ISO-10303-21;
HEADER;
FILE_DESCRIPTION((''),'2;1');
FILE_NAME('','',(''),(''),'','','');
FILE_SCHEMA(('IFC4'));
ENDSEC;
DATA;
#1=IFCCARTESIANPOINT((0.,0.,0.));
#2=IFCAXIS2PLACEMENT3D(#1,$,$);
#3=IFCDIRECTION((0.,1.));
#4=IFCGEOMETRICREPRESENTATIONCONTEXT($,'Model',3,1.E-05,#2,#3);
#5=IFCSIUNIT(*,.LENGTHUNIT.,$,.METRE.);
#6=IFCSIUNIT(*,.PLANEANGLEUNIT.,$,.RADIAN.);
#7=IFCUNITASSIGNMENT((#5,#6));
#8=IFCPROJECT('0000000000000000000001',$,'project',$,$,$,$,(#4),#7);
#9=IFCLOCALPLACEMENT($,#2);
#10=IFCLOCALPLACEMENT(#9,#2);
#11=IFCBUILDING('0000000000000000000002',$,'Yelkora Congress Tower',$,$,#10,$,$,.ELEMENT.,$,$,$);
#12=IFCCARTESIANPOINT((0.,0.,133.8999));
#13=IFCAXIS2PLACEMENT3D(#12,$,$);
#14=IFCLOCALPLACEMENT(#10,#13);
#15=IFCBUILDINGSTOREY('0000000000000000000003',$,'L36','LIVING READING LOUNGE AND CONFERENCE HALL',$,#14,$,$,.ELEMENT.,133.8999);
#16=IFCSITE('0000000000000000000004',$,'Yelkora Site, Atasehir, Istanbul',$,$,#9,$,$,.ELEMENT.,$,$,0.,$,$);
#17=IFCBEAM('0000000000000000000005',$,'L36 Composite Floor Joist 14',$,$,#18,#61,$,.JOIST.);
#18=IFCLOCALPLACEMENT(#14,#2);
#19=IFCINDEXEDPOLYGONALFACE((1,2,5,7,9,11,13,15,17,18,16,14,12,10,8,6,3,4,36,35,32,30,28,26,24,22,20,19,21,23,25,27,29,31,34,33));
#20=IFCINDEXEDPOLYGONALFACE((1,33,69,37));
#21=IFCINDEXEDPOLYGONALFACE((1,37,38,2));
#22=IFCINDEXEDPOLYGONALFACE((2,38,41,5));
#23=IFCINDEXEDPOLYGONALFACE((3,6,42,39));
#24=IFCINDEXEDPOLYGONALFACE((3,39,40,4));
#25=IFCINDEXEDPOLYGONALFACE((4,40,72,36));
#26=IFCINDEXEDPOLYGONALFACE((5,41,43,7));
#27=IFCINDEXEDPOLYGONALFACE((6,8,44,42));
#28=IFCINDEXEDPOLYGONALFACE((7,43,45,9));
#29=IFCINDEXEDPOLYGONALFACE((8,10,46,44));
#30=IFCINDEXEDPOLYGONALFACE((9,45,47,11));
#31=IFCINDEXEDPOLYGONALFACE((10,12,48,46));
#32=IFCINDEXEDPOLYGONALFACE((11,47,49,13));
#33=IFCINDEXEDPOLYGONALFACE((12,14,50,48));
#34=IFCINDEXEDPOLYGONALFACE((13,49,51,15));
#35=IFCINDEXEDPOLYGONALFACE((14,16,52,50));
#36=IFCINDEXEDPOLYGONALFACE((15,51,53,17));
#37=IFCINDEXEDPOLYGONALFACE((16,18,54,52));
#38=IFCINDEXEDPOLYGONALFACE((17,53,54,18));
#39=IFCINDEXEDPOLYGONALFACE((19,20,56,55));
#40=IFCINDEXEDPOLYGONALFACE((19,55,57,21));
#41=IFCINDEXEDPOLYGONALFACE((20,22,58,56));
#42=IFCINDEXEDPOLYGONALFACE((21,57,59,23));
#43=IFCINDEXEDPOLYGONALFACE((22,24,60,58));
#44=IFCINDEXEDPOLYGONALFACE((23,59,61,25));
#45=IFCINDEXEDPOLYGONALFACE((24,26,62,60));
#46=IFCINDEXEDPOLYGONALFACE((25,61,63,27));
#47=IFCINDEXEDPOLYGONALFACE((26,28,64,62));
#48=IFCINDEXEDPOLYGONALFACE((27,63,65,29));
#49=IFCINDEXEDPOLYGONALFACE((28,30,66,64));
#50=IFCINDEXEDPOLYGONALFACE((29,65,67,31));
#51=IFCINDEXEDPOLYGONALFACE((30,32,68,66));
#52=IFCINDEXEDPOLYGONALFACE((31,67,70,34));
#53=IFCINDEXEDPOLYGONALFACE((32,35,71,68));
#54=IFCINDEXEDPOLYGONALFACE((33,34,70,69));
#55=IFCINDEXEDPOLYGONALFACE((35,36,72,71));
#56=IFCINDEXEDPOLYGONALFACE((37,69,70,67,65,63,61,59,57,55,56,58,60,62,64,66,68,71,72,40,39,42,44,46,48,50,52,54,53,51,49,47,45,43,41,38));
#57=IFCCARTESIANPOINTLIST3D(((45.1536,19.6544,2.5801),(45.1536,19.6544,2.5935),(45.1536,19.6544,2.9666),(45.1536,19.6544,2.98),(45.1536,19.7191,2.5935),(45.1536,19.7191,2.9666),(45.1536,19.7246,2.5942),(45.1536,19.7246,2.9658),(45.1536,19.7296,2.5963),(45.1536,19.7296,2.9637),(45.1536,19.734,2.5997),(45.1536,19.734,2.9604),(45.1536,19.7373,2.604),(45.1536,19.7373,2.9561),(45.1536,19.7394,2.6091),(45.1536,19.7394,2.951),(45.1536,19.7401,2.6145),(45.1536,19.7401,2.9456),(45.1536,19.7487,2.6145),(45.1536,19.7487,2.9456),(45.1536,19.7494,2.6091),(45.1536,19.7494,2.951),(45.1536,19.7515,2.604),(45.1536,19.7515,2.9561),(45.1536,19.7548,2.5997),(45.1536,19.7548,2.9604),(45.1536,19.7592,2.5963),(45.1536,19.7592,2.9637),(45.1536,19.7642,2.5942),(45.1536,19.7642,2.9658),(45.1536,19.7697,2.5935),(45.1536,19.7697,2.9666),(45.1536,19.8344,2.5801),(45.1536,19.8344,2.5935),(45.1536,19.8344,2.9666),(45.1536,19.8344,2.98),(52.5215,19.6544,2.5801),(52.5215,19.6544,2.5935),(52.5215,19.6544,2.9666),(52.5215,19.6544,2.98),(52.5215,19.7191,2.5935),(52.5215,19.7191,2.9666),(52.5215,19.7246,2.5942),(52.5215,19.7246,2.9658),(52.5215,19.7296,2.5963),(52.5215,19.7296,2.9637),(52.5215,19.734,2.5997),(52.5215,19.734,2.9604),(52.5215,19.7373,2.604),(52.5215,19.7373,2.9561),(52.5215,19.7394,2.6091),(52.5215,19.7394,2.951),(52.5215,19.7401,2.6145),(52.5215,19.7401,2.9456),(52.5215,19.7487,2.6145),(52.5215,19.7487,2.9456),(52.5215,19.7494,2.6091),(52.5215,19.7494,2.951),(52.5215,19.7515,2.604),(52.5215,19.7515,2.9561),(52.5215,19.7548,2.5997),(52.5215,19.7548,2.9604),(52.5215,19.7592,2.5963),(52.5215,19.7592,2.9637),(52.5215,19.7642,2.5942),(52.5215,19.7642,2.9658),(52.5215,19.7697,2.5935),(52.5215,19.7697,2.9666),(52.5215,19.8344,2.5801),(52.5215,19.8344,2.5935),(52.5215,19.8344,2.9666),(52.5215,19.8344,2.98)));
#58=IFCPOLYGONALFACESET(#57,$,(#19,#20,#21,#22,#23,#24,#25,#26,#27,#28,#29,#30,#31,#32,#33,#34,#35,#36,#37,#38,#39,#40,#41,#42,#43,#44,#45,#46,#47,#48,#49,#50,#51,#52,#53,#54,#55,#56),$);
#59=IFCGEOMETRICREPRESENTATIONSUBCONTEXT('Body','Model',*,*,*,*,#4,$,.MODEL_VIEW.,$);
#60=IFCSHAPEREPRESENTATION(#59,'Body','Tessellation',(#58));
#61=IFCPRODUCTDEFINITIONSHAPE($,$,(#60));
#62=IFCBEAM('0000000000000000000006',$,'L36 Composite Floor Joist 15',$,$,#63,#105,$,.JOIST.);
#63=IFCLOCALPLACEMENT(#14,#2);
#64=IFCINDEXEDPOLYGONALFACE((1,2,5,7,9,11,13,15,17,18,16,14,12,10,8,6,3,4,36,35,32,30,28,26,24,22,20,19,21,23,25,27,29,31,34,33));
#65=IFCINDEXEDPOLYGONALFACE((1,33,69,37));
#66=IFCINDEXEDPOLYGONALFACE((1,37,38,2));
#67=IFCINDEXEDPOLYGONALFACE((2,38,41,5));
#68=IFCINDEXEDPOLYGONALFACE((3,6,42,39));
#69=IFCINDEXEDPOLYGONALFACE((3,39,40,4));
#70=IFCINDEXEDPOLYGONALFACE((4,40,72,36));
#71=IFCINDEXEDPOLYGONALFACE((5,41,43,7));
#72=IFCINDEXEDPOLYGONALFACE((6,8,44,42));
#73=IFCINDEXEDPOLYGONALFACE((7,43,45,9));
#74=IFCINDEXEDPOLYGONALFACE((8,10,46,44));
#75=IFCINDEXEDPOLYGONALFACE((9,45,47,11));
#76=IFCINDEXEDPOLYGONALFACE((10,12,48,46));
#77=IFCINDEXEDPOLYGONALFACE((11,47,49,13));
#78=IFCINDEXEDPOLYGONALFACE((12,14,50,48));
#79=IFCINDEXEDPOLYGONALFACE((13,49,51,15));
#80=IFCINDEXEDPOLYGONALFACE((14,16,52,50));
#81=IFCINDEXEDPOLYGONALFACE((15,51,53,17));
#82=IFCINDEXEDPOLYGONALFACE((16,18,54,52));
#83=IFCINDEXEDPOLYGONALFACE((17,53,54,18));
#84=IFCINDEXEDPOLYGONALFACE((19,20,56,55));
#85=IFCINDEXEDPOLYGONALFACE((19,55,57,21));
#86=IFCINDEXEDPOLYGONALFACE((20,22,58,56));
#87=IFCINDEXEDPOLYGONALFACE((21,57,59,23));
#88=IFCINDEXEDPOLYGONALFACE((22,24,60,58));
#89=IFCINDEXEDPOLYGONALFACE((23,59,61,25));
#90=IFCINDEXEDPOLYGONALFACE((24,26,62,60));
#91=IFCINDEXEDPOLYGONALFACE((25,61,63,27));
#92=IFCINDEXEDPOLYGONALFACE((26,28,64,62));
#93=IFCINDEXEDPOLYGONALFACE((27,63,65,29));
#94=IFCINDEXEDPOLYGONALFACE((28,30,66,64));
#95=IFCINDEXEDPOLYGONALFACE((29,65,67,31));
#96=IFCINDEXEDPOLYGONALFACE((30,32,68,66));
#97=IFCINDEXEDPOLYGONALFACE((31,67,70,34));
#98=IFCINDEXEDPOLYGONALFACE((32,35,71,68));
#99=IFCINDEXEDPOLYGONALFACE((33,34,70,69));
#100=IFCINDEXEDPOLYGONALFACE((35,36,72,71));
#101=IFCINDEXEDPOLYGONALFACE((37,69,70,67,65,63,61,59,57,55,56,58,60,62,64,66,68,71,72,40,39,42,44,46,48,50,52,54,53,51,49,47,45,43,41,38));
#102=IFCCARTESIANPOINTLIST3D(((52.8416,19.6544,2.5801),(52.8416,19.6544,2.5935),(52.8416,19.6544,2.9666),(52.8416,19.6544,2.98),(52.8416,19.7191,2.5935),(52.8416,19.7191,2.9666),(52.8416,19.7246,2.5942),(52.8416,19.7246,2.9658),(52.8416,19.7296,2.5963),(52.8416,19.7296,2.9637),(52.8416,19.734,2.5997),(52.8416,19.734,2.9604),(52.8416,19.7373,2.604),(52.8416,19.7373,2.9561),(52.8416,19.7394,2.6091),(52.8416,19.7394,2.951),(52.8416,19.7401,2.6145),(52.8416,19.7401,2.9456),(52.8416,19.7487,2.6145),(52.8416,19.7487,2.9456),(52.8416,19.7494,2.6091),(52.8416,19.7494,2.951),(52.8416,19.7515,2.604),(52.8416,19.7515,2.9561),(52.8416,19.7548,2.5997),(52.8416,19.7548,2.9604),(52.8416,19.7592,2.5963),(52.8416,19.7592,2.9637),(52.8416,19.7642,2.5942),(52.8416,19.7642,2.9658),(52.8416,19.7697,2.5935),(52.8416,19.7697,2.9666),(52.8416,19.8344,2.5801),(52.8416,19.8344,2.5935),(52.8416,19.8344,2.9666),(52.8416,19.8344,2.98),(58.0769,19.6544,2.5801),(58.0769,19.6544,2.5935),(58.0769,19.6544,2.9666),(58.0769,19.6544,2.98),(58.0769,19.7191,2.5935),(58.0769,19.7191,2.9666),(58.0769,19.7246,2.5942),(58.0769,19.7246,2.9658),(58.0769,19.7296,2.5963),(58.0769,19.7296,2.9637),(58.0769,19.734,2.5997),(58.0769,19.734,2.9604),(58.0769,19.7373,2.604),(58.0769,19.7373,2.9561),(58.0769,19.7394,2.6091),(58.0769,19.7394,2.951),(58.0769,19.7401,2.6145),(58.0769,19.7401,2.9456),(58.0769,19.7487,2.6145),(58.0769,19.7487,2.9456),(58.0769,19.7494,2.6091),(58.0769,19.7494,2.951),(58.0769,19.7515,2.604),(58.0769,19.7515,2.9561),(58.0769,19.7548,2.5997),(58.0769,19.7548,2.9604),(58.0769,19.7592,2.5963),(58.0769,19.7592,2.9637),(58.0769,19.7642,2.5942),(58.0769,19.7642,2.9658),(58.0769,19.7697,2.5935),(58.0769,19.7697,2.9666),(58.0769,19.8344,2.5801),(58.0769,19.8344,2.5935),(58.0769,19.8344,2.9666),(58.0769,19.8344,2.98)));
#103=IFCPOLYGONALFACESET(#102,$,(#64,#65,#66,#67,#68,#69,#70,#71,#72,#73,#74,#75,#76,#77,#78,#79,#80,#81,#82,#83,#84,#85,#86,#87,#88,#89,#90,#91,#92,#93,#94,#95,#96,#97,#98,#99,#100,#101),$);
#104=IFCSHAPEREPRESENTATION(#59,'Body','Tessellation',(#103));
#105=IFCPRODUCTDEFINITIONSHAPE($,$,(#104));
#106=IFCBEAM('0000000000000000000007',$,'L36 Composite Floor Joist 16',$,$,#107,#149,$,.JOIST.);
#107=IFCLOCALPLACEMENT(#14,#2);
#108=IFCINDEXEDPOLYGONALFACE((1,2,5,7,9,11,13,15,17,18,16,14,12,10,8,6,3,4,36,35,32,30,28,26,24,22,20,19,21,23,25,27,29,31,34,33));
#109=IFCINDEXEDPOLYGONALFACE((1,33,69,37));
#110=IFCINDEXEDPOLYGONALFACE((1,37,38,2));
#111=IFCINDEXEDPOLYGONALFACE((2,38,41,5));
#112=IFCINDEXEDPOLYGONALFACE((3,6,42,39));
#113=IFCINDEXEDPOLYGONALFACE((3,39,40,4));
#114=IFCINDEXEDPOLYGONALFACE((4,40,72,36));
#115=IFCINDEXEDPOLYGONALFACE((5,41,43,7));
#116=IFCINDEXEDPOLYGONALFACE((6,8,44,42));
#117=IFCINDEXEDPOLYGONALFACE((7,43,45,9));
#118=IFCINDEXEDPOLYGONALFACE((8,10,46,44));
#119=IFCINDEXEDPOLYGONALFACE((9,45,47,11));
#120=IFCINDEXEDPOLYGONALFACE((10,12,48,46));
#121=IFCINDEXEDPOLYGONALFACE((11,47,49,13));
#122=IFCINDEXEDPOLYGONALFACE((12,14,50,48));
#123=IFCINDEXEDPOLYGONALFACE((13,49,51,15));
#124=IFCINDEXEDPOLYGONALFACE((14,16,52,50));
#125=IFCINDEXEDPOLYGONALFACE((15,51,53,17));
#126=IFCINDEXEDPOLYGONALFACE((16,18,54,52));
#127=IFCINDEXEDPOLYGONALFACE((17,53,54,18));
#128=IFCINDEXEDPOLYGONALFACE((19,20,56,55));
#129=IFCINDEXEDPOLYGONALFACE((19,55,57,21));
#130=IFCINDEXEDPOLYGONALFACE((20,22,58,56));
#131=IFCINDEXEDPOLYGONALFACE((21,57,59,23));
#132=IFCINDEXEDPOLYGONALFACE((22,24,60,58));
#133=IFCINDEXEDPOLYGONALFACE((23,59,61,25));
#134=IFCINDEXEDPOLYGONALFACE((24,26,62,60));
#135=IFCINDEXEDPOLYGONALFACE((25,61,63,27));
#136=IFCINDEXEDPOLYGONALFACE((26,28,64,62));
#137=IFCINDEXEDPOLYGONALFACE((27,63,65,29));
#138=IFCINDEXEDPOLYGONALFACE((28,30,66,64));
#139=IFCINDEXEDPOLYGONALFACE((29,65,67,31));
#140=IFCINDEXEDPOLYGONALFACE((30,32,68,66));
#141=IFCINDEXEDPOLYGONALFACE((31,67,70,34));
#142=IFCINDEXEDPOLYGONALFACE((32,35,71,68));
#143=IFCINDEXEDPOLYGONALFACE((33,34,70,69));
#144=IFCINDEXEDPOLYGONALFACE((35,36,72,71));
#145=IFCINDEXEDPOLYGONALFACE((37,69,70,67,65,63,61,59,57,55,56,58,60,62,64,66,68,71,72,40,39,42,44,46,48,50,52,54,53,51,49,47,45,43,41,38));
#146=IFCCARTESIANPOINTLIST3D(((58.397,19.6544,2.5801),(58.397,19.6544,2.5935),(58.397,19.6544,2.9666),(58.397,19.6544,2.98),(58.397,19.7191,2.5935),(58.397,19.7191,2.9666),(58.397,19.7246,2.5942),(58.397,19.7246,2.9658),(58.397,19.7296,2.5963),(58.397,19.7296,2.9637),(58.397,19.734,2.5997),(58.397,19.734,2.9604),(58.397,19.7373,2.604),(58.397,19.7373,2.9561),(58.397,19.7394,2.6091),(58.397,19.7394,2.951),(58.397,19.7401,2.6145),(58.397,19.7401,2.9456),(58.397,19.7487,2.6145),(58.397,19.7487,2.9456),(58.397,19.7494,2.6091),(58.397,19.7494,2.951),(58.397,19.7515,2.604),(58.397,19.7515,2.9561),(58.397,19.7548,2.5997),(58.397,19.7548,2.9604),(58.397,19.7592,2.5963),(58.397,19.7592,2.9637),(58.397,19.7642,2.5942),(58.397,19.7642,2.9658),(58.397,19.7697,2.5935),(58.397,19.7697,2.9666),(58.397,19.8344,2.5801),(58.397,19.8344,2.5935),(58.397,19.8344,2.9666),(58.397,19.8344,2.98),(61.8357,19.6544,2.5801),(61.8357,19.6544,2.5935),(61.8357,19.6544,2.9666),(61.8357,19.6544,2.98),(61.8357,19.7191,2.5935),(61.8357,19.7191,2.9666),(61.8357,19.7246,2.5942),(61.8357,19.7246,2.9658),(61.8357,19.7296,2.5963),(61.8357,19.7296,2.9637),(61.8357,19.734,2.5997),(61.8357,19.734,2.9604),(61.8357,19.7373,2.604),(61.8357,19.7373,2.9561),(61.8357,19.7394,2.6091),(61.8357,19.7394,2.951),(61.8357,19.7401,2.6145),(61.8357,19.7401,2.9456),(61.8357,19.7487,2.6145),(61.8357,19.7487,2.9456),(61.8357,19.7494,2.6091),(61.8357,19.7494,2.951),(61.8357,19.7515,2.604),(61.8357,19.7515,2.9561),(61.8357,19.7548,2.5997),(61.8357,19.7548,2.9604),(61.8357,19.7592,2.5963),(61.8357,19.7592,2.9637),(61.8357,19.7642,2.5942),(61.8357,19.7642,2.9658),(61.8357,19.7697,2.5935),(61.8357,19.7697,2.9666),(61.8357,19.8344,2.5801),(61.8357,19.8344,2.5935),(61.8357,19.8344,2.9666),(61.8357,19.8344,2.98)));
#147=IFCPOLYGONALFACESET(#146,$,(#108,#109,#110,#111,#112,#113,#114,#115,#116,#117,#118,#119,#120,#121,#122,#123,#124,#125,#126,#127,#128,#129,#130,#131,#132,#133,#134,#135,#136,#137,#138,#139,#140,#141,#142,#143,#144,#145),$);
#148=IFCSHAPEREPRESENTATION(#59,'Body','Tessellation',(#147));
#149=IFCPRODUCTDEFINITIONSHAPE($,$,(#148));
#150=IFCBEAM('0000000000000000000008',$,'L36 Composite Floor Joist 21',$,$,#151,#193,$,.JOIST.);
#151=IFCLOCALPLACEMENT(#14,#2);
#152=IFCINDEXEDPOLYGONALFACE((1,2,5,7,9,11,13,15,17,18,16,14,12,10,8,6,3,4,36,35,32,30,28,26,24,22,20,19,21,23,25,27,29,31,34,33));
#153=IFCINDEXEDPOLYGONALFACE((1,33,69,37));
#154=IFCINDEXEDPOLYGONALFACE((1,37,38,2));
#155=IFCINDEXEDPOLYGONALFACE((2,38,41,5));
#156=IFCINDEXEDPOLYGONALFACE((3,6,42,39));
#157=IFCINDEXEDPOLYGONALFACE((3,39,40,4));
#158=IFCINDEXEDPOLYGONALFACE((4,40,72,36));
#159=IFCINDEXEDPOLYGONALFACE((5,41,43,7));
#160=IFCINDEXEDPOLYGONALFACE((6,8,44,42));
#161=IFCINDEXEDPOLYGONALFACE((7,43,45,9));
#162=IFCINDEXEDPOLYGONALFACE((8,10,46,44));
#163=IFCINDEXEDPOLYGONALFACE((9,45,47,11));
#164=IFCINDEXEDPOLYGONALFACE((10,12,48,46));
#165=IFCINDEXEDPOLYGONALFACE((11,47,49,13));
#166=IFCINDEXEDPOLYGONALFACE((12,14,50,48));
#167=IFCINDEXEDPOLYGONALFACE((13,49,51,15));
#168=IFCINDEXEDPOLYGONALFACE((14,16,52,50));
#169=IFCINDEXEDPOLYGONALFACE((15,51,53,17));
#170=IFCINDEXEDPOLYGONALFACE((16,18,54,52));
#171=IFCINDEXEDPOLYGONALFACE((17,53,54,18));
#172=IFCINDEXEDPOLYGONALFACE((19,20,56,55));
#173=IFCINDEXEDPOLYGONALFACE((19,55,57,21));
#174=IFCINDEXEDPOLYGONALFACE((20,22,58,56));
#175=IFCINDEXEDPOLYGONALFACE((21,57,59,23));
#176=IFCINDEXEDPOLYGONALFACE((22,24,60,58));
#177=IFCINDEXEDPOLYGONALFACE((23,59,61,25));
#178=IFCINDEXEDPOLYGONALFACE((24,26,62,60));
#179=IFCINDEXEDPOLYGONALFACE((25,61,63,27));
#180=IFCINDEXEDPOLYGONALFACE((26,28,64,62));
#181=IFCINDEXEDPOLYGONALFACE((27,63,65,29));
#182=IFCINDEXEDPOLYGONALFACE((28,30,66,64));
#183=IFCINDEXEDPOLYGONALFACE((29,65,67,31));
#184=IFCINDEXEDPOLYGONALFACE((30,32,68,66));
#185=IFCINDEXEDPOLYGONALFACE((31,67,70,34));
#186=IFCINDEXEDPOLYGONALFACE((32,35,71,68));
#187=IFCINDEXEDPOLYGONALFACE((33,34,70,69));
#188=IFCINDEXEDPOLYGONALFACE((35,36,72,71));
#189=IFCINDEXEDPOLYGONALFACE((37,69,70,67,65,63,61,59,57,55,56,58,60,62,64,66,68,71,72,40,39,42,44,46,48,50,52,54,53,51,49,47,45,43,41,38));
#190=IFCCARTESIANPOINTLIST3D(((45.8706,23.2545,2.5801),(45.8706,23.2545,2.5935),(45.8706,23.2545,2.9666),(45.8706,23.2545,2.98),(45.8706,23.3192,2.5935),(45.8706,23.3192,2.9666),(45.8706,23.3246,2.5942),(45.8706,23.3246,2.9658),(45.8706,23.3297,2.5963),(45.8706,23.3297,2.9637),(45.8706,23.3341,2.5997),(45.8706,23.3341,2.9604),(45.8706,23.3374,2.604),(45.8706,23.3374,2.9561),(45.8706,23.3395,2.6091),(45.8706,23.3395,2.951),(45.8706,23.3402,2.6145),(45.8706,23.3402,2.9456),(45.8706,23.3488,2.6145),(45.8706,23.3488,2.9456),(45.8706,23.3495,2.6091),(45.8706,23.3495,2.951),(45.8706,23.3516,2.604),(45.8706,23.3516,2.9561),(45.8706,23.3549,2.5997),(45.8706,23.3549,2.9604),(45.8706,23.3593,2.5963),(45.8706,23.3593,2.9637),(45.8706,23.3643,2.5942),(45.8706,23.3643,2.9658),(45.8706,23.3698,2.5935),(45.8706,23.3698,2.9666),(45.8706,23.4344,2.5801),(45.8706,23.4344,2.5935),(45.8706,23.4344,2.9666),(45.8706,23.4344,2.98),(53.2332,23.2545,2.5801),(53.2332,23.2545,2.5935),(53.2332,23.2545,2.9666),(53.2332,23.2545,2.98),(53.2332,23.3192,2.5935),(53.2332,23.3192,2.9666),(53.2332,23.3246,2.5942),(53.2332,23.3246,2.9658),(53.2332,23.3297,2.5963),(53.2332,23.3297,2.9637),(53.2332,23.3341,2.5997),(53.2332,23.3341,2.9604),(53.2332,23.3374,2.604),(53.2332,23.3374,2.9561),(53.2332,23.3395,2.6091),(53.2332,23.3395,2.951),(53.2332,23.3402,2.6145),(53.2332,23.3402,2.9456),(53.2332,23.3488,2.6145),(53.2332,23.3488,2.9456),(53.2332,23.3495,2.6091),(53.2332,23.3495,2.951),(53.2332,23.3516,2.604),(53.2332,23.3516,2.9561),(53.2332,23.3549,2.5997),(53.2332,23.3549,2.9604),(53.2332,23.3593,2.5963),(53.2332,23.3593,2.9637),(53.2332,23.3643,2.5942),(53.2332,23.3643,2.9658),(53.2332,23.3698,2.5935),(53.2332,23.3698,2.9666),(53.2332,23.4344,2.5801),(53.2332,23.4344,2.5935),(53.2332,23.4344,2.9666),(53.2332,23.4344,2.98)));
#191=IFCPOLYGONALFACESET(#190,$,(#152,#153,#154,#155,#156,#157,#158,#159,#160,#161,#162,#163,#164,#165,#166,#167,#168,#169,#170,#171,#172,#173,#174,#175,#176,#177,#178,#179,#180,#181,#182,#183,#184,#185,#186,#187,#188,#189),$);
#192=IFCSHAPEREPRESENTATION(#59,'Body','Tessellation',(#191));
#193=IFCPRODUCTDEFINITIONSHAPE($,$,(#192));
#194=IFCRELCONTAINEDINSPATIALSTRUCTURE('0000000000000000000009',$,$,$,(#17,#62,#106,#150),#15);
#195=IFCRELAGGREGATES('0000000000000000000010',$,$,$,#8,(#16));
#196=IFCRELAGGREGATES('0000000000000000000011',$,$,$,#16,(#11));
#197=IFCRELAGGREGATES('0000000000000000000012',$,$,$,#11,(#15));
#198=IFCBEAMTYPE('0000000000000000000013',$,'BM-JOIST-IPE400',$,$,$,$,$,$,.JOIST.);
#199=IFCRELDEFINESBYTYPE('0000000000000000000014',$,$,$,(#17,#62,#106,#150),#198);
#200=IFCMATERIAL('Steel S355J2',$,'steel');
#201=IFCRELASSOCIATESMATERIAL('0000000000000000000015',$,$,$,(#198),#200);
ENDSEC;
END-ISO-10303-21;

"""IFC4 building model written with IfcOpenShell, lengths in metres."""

from ifc_helpers import new_model, si_unit, direction, frame, origin, origin_2d, place, context, subcontext, project, spatial, i_section, extrude, material, material_profile, profile_set, type_object, element, save


model = new_model("IFC4")

# Units and contexts
model_context = context("Model", 3, precision=1e-05, world=origin(), true_north=direction((0.0, 1.0)))
body_context = subcontext(model_context, "Body", "Model", "MODEL_VIEW")
ifc_project = project(units=[si_unit("LENGTHUNIT", "METRE"), si_unit("PLANEANGLEUNIT", "RADIAN")], contexts=[model_context])

# Site, building, storey
site_placement = place(None, origin())
site = spatial("IfcSite", under=ifc_project, at=site_placement, Name="Yelkora Site, Atasehir, Istanbul", CompositionType="ELEMENT", RefElevation=0.0)
building_placement = place(site_placement, origin())
building = spatial("IfcBuilding", under=site, at=building_placement, Name="Yelkora Congress Tower", CompositionType="ELEMENT")
storey_placement = place(building_placement, frame((0.0, 0.0, 133.8999)))
storey = spatial("IfcBuildingStorey", under=building, at=storey_placement, Name="L36", Description="LIVING READING LOUNGE AND CONFERENCE HALL", CompositionType="ELEMENT", Elevation=133.8999)

# Beams
ifc_material_1 = material(Name="Steel S355J2", Category="steel")
ifc_material_profile_1 = material_profile(ifc_material_1, i_section(OverallWidth=0.1799, OverallDepth=0.3999, WebThickness=0.0085, FlangeThickness=0.0134, FilletRadius=0.021, at=origin_2d()), Name="IPE 400")
ifc_profile_set_1 = profile_set([ifc_material_profile_1], Name="Steel S355J2")
beam_type_1 = type_object("IfcBeamType", Name="BM-JOIST-IPE400", PredefinedType="JOIST", material=ifc_profile_set_1)
beam_1_placement = place(storey_placement, frame((45.1536, 19.7444, 2.78), z_axis=(1.0, 0.0, 0.0), x_axis=(0.0, 1.0, 0.0)))
element("IfcBeam", 1, at=beam_1_placement, inside=storey, type_object=beam_type_1, Name="L36 Composite Floor Joist 14", PredefinedType="JOIST", context=body_context, shape_type="SweptSolid", body=[
    extrude(i_section(OverallWidth=0.1799, OverallDepth=0.3999, WebThickness=0.0085, FlangeThickness=0.0134, FilletRadius=0.021, at=origin_2d()), origin(), (0.0, 0.0, 1.0), 7.3679),
])
beam_2_placement = place(storey_placement, frame((52.8416, 19.7444, 2.78), z_axis=(1.0, 0.0, 0.0), x_axis=(0.0, 1.0, 0.0)))
element("IfcBeam", 2, at=beam_2_placement, inside=storey, type_object=beam_type_1, Name="L36 Composite Floor Joist 15", PredefinedType="JOIST", context=body_context, shape_type="SweptSolid", body=[
    extrude(i_section(OverallWidth=0.1799, OverallDepth=0.3999, WebThickness=0.0085, FlangeThickness=0.0134, FilletRadius=0.021, at=origin_2d()), origin(), (0.0, 0.0, 1.0), 5.2354),
])
beam_3_placement = place(storey_placement, frame((58.397, 19.7444, 2.78), z_axis=(1.0, 0.0, 0.0), x_axis=(0.0, 1.0, 0.0)))
element("IfcBeam", 3, at=beam_3_placement, inside=storey, type_object=beam_type_1, Name="L36 Composite Floor Joist 16", PredefinedType="JOIST", context=body_context, shape_type="SweptSolid", body=[
    extrude(i_section(OverallWidth=0.1799, OverallDepth=0.3999, WebThickness=0.0085, FlangeThickness=0.0134, FilletRadius=0.021, at=origin_2d()), origin(), (0.0, 0.0, 1.0), 3.4387),
])
beam_4_placement = place(storey_placement, frame((45.8706, 23.3445, 2.78), z_axis=(1.0, 0.0, 0.0), x_axis=(0.0, 1.0, 0.0)))
element("IfcBeam", 4, at=beam_4_placement, inside=storey, type_object=beam_type_1, Name="L36 Composite Floor Joist 21", PredefinedType="JOIST", context=body_context, shape_type="SweptSolid", body=[
    extrude(i_section(OverallWidth=0.1799, OverallDepth=0.3999, WebThickness=0.0085, FlangeThickness=0.0134, FilletRadius=0.021, at=origin_2d()), origin(), (0.0, 0.0, 1.0), 7.3625),
])

save(model, "model.ifc")
